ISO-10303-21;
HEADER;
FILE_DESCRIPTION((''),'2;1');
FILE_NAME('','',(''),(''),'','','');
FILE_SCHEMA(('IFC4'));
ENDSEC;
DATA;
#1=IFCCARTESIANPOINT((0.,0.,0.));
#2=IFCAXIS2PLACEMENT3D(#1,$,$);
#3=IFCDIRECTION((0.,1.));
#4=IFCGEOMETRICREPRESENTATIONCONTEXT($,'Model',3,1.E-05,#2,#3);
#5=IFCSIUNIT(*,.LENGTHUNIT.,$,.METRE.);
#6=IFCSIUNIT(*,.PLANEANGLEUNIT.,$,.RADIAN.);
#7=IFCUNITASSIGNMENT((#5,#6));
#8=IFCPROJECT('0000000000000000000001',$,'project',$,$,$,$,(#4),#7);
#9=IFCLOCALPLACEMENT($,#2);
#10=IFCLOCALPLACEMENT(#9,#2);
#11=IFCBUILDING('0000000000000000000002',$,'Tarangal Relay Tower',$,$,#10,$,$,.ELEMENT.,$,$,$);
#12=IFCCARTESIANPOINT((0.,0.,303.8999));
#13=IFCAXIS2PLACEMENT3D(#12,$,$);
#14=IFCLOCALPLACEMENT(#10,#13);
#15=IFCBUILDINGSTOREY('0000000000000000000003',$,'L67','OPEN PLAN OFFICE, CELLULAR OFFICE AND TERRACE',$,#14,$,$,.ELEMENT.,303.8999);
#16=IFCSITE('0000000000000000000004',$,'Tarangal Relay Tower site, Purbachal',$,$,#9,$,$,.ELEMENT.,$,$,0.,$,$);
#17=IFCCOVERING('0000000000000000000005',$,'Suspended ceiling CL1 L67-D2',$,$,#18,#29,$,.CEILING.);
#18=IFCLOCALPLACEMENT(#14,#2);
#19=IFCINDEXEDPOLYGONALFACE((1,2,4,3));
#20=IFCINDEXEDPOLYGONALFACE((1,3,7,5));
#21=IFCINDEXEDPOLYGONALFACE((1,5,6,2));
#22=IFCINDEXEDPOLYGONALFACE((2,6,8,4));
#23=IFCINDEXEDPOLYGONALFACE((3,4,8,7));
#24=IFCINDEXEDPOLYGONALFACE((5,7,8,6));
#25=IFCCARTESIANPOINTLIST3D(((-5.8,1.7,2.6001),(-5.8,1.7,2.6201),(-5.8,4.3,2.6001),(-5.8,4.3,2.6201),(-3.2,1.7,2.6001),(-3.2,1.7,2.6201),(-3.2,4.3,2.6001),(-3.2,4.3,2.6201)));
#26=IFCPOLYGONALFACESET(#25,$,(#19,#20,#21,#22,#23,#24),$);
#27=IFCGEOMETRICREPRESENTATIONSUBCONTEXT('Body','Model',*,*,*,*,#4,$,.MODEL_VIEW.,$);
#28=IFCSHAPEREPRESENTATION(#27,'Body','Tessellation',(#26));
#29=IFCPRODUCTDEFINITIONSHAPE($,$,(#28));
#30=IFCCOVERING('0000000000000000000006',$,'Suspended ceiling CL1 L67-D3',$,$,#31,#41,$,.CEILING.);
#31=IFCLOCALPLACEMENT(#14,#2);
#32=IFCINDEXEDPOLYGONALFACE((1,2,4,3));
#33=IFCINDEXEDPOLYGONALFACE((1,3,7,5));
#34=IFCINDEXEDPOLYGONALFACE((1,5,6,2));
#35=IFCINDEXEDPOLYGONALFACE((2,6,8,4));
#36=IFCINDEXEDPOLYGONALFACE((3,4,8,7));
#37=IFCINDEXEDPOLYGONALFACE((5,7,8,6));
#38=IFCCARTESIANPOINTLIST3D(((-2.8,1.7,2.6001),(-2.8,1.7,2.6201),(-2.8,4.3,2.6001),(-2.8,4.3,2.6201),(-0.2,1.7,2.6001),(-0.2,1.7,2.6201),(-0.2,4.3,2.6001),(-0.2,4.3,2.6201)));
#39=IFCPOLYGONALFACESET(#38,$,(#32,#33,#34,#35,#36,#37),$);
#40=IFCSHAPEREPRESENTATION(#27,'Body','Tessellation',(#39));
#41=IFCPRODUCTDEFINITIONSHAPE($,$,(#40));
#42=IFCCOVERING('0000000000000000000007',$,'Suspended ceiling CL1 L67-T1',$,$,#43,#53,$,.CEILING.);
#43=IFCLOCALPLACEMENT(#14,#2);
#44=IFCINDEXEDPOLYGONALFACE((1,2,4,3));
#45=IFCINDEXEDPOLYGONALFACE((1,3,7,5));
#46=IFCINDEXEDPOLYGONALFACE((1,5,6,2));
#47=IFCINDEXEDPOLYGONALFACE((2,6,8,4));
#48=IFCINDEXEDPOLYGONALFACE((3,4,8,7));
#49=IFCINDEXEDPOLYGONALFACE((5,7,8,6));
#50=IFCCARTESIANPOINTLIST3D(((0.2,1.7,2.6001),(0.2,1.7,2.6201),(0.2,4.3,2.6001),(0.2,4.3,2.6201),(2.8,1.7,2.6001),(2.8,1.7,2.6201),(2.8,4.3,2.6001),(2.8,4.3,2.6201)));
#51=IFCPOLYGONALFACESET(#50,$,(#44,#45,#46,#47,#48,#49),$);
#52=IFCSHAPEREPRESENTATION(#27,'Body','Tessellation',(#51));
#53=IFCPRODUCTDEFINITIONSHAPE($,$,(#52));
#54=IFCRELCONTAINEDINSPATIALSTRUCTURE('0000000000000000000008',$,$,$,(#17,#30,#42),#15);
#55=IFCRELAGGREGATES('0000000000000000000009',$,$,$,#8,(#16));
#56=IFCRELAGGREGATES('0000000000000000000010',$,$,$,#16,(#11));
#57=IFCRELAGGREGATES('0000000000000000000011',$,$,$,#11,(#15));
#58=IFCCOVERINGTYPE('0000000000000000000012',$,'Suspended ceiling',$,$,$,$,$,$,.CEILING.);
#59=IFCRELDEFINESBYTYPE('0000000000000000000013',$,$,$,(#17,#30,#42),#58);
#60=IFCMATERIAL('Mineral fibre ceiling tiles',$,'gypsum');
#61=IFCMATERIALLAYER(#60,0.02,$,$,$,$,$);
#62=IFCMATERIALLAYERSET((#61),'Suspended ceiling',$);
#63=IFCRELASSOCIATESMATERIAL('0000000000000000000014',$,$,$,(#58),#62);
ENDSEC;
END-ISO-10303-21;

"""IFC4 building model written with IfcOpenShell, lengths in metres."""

from ifc_helpers import new_model, si_unit, direction, frame, origin, place, context, subcontext, project, spatial, polyline, outline, extrude, material, layer, layer_set, type_object, element, save


model = new_model("IFC4")

# Units and contexts
model_context = context("Model", 3, precision=1e-05, world=origin(), true_north=direction((0.0, 1.0)))
body_context = subcontext(model_context, "Body", "Model", "MODEL_VIEW")
ifc_project = project(units=[si_unit("LENGTHUNIT", "METRE"), si_unit("PLANEANGLEUNIT", "RADIAN")], contexts=[model_context])

# Site, building, storey
site_placement = place(None, origin())
site = spatial("IfcSite", under=ifc_project, at=site_placement, Name="Tarangal Relay Tower site, Purbachal", CompositionType="ELEMENT", RefElevation=0.0)
building_placement = place(site_placement, origin())
building = spatial("IfcBuilding", under=site, at=building_placement, Name="Tarangal Relay Tower", CompositionType="ELEMENT")
storey_placement = place(building_placement, frame((0.0, 0.0, 303.8999)))
storey = spatial("IfcBuildingStorey", under=building, at=storey_placement, Name="L67", Description="OPEN PLAN OFFICE, CELLULAR OFFICE AND TERRACE", CompositionType="ELEMENT", Elevation=303.8999)

# Coverings
ifc_material_1 = material(Name="Mineral fibre ceiling tiles", Category="gypsum")
ifc_layer_1 = layer(ifc_material_1, 0.02)
ifc_layer_set_1 = layer_set([ifc_layer_1], Name="Suspended ceiling")
covering_type_1 = type_object("IfcCoveringType", Name="Suspended ceiling", PredefinedType="CEILING", material=ifc_layer_set_1)
covering_1_placement = place(storey_placement, frame((0.0, 0.0, 2.6001)))
element("IfcCovering", 1, at=covering_1_placement, inside=storey, type_object=covering_type_1, Name="Suspended ceiling CL1 L67-D2", PredefinedType="CEILING", context=body_context, shape_type="SweptSolid", body=[
    extrude(outline(polyline([(-5.8, 1.7), (-3.2, 1.7), (-3.2, 4.3), (-5.8, 4.3), (-5.8, 1.7)])), origin(), (0.0, 0.0, 1.0), 0.02),
])
covering_2_placement = place(storey_placement, frame((0.0, 0.0, 2.6001)))
element("IfcCovering", 2, at=covering_2_placement, inside=storey, type_object=covering_type_1, Name="Suspended ceiling CL1 L67-D3", PredefinedType="CEILING", context=body_context, shape_type="SweptSolid", body=[
    extrude(outline(polyline([(-2.8, 1.7), (-0.2, 1.7), (-0.2, 4.3), (-2.8, 4.3), (-2.8, 1.7)])), origin(), (0.0, 0.0, 1.0), 0.02),
])
covering_3_placement = place(storey_placement, frame((0.0, 0.0, 2.6001)))
element("IfcCovering", 3, at=covering_3_placement, inside=storey, type_object=covering_type_1, Name="Suspended ceiling CL1 L67-T1", PredefinedType="CEILING", context=body_context, shape_type="SweptSolid", body=[
    extrude(outline(polyline([(0.2, 1.7), (2.8, 1.7), (2.8, 4.3), (0.2, 4.3), (0.2, 1.7)])), origin(), (0.0, 0.0, 1.0), 0.02),
])

save(model, "model.ifc")
